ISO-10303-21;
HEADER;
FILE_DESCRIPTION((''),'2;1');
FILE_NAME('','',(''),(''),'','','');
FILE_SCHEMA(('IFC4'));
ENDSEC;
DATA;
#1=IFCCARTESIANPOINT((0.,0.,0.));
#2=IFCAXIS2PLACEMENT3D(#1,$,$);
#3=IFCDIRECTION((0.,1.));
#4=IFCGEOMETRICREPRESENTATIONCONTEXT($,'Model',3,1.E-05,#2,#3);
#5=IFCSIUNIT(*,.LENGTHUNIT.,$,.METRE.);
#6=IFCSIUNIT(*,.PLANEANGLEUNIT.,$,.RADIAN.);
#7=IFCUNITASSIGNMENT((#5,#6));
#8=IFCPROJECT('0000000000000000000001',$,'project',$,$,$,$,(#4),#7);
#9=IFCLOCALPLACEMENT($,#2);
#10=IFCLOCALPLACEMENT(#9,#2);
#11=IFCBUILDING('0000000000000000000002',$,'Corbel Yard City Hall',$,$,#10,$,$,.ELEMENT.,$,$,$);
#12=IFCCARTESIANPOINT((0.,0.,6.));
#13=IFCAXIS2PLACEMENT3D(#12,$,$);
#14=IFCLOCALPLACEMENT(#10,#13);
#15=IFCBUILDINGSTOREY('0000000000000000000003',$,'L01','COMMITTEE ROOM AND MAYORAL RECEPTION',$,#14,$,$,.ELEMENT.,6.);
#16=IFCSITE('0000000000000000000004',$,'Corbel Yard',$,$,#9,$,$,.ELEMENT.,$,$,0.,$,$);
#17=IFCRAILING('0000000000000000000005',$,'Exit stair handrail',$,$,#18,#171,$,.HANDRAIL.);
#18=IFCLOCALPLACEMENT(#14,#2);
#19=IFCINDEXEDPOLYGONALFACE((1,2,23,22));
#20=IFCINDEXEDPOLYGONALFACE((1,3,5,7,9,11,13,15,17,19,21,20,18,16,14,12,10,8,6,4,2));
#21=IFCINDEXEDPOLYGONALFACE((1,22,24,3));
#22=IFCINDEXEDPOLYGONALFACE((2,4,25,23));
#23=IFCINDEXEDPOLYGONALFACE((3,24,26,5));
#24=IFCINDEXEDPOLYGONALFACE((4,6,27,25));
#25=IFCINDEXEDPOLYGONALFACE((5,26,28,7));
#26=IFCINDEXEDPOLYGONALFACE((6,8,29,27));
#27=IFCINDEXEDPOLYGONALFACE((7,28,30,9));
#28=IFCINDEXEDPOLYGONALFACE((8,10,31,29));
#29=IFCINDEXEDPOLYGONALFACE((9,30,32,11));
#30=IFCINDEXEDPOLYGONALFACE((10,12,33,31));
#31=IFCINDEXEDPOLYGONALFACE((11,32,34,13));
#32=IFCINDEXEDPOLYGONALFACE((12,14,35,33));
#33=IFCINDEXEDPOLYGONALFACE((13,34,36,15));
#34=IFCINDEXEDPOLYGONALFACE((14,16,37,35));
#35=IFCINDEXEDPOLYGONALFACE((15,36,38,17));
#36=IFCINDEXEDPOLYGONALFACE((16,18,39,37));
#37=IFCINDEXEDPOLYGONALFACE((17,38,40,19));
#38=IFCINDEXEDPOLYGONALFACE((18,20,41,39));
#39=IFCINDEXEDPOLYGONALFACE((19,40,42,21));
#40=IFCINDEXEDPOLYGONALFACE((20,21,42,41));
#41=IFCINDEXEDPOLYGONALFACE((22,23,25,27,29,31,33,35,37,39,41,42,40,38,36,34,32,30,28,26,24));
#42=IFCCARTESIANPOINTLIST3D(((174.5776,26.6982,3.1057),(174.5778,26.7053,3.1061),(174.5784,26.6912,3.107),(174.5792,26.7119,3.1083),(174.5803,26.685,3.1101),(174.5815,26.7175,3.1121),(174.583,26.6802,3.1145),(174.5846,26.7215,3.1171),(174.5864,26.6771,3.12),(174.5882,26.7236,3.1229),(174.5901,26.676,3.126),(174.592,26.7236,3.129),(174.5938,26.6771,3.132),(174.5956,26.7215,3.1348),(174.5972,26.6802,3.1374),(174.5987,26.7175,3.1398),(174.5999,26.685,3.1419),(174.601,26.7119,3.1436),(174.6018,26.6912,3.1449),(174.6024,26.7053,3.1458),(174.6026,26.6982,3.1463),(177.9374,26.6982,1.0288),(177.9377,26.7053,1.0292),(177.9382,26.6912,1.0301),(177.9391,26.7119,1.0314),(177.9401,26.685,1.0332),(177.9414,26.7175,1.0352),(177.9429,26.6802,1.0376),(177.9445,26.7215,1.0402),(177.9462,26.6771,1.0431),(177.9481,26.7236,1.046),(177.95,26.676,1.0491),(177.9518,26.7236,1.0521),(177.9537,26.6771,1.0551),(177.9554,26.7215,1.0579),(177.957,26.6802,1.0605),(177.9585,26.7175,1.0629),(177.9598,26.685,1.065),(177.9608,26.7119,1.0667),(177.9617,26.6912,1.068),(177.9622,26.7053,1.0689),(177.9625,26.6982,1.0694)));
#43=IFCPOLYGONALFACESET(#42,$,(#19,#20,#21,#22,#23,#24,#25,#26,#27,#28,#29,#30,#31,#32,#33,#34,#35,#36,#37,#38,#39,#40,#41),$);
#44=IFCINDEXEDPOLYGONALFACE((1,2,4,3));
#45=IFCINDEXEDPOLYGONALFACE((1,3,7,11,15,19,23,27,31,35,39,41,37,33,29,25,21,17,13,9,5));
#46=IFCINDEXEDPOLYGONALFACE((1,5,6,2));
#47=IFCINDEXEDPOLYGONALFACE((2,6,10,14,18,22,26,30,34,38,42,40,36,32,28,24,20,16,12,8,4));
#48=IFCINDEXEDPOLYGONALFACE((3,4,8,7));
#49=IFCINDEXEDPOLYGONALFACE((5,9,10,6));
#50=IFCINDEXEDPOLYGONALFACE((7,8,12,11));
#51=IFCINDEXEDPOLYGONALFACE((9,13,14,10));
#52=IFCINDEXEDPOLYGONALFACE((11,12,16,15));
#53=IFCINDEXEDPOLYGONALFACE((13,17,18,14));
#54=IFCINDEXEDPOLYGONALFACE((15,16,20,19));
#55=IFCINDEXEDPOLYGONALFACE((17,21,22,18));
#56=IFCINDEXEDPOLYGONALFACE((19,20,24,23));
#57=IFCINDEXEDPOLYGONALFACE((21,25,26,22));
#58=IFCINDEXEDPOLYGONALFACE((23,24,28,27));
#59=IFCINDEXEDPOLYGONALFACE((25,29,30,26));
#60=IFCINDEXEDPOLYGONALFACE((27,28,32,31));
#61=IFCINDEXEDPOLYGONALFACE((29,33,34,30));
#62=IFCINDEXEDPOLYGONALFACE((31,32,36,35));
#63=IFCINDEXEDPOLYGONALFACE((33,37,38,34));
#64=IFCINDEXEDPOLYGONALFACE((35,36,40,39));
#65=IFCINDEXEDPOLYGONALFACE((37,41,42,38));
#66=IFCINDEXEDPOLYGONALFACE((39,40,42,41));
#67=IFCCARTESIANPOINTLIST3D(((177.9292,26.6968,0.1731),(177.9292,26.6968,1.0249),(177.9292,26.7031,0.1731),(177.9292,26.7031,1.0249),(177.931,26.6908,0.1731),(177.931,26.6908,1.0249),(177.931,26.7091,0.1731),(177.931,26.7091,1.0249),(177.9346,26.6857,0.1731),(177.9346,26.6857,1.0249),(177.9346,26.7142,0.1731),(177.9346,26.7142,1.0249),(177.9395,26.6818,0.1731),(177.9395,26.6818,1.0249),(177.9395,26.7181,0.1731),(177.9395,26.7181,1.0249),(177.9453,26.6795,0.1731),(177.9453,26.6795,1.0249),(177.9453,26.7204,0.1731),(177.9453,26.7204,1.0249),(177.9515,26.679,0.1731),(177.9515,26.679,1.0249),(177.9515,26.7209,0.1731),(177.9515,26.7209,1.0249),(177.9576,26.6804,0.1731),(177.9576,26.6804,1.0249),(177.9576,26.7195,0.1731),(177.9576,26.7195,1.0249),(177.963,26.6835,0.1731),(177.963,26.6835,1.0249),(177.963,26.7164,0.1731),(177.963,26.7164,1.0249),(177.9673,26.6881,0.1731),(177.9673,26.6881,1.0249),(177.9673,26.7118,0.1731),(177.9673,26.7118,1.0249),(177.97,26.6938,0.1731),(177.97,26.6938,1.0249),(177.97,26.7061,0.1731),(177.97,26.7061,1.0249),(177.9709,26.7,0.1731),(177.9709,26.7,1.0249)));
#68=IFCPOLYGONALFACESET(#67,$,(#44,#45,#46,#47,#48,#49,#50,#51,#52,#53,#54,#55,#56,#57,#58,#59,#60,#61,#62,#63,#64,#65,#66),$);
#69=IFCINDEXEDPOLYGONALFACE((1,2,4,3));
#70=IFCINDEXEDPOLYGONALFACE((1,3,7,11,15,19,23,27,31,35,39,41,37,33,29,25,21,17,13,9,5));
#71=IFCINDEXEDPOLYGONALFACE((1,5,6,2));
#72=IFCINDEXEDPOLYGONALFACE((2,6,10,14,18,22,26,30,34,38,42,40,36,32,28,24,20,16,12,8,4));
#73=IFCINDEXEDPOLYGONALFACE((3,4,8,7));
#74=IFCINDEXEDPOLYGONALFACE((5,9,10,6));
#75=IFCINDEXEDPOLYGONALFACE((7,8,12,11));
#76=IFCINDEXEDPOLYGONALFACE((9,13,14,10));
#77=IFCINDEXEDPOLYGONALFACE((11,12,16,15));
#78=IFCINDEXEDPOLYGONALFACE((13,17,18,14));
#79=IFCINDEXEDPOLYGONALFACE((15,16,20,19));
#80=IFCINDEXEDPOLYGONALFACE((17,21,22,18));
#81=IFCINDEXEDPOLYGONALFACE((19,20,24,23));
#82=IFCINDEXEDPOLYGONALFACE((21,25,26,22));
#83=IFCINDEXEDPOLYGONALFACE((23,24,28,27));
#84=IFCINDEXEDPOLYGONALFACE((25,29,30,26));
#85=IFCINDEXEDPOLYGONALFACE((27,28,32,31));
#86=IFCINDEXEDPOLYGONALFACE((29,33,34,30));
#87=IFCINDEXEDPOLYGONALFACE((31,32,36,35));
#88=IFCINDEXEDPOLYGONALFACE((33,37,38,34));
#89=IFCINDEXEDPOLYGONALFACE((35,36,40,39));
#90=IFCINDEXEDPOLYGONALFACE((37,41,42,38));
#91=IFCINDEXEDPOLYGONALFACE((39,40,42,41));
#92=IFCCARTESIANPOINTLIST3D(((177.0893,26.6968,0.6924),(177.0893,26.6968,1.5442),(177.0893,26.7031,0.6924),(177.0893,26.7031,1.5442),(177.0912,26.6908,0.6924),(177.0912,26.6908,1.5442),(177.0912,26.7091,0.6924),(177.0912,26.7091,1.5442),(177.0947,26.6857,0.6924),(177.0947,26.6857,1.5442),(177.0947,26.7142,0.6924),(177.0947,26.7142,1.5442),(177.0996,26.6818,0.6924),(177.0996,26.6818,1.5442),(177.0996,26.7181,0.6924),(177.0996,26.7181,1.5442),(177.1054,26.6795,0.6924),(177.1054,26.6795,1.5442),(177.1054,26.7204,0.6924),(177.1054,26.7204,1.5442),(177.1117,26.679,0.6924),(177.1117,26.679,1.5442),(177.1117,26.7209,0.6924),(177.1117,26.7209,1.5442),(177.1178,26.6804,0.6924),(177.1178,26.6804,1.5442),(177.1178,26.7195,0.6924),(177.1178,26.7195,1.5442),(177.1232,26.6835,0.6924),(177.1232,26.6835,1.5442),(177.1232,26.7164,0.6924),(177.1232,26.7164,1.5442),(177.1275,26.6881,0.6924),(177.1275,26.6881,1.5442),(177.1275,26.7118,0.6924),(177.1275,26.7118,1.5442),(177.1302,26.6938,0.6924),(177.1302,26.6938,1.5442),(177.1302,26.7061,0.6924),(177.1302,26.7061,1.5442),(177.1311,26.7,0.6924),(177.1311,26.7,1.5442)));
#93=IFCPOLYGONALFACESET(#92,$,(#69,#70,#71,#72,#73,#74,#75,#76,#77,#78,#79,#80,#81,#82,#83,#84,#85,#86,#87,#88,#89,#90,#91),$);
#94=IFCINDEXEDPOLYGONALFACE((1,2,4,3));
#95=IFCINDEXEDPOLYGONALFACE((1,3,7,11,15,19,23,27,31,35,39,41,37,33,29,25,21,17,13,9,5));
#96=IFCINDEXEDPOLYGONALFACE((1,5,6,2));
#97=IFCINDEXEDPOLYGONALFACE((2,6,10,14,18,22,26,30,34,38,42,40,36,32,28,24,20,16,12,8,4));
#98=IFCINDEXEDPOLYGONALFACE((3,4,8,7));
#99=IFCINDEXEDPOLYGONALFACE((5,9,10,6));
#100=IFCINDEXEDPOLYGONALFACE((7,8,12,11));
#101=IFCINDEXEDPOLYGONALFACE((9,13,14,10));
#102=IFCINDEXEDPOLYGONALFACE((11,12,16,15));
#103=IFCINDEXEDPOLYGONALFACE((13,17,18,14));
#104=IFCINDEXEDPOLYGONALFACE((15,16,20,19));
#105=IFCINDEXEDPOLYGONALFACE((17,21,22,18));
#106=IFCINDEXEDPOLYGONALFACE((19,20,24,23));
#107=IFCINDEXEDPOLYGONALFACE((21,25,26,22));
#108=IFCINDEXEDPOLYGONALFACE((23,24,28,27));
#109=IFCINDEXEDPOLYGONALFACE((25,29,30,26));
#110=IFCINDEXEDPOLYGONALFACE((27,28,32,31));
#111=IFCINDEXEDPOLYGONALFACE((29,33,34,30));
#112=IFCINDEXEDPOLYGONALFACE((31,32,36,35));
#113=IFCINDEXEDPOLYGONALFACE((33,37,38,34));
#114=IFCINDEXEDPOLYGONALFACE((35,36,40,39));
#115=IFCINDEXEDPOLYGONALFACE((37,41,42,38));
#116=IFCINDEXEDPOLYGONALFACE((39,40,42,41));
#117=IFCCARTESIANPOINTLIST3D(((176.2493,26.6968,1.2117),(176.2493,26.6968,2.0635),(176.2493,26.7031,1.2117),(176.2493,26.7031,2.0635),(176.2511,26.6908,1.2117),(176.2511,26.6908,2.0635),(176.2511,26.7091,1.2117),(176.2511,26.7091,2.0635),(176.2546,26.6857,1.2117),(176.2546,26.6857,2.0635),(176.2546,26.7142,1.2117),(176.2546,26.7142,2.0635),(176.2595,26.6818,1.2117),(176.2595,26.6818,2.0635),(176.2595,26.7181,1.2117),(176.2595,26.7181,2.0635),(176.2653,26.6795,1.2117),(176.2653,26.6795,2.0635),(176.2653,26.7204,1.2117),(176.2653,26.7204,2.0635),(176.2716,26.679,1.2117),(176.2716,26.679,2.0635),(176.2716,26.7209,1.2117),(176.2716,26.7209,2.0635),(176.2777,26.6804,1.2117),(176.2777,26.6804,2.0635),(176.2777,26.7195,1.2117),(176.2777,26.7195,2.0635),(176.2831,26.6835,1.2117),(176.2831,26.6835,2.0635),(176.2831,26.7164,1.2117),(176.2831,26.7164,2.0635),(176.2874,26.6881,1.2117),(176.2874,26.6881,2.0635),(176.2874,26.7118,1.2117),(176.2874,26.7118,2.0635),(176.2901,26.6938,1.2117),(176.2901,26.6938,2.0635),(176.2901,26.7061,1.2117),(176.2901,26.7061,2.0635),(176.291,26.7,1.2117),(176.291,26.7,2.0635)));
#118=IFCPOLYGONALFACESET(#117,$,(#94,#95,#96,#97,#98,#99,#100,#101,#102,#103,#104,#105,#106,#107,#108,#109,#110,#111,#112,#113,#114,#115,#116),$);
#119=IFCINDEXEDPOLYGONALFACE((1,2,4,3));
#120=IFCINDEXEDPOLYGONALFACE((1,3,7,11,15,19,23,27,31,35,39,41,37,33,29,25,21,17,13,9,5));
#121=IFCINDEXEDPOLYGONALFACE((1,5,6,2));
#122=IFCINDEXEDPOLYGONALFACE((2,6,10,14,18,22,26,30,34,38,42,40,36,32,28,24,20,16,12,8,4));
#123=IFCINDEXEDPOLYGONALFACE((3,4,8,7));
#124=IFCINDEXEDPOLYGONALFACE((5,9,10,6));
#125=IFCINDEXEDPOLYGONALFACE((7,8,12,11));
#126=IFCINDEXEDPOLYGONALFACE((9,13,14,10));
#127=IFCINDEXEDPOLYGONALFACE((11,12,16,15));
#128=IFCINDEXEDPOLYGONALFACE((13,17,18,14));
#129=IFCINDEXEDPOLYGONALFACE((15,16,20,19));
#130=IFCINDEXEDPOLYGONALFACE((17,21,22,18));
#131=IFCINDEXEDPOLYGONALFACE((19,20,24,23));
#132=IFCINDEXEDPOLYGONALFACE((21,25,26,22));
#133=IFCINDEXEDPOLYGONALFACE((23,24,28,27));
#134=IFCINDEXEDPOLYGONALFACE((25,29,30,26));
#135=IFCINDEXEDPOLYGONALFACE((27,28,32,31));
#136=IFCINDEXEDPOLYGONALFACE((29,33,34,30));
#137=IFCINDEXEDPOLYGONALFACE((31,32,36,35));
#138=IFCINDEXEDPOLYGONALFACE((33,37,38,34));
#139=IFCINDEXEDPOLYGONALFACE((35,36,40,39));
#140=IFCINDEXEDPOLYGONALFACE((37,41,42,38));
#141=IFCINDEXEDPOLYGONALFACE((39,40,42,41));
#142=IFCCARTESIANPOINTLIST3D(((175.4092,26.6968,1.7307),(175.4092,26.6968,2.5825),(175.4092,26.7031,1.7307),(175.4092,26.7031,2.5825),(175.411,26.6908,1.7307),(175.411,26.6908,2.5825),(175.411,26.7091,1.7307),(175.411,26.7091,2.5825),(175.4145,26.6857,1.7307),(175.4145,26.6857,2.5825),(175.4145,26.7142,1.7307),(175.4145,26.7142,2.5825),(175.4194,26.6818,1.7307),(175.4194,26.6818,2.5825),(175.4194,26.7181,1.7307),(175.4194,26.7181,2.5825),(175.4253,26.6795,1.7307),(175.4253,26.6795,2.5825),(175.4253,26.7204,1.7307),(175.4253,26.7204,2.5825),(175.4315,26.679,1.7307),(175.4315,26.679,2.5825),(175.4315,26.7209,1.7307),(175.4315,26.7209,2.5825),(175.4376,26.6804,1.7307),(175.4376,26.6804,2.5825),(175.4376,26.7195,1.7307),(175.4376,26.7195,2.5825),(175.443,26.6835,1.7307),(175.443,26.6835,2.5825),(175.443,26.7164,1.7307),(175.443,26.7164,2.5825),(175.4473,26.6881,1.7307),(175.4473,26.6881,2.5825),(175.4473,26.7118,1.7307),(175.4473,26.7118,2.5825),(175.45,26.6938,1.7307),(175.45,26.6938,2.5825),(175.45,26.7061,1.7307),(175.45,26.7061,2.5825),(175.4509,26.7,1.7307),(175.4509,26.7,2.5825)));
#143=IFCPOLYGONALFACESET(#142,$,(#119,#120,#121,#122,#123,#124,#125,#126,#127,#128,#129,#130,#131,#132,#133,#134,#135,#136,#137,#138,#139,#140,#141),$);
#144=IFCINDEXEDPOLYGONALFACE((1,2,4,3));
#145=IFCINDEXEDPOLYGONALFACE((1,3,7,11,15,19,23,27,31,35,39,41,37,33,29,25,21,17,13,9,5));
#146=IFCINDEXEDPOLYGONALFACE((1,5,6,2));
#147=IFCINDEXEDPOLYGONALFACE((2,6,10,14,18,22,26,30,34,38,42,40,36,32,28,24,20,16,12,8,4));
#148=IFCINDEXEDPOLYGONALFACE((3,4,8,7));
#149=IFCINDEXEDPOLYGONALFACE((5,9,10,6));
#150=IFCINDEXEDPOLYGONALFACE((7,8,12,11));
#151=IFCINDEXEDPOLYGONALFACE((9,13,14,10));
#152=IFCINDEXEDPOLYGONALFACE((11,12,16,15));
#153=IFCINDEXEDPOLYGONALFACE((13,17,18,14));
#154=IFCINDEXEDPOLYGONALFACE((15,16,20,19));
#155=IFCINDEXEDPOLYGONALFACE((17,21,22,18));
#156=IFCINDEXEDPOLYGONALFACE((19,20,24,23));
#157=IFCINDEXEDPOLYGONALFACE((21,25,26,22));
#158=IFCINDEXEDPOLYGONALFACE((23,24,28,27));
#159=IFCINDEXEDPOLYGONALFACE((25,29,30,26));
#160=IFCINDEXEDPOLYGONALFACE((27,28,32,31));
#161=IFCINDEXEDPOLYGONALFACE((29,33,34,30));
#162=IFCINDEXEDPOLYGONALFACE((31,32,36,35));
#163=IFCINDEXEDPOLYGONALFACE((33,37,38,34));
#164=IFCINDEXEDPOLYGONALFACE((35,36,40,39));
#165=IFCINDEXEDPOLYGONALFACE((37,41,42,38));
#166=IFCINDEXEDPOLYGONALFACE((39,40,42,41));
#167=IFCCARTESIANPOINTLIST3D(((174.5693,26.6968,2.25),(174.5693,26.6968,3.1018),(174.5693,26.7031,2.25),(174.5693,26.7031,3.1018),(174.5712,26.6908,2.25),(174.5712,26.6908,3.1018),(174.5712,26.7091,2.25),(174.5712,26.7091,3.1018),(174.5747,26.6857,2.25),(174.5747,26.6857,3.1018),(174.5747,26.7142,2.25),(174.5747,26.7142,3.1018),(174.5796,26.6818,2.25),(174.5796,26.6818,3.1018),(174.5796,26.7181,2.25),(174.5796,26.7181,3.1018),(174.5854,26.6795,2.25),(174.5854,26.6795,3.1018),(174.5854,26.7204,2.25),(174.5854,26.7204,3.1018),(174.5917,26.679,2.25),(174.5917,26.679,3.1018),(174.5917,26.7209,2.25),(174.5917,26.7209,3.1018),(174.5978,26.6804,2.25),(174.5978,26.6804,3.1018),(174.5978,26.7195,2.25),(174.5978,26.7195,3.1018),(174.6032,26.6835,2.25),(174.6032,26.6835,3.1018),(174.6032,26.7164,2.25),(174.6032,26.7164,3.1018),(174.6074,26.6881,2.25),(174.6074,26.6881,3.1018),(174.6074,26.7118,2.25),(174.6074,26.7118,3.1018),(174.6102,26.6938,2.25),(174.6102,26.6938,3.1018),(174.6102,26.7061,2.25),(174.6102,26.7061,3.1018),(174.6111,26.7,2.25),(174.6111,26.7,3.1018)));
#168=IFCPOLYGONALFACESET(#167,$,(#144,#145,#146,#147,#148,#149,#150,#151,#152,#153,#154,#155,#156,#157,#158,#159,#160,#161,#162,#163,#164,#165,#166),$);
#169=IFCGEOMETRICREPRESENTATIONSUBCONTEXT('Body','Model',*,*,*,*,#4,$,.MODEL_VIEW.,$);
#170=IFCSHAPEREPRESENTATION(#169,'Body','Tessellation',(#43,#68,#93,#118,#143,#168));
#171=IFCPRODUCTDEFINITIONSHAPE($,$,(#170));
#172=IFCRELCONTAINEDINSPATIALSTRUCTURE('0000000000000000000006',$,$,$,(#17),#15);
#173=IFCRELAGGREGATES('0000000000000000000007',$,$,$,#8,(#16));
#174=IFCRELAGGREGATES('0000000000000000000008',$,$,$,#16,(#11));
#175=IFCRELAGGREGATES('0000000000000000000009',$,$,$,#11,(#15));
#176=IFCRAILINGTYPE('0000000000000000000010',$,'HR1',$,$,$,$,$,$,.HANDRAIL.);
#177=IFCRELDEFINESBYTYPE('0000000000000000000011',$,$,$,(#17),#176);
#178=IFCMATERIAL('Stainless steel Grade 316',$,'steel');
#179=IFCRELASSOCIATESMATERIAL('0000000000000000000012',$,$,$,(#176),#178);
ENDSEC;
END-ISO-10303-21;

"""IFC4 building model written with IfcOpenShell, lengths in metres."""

from ifc_helpers import new_model, si_unit, direction, frame, origin, origin_2d, place, context, subcontext, project, spatial, circle, extrude, material, type_object, element, save


model = new_model("IFC4")

# Units and contexts
model_context = context("Model", 3, precision=1e-05, world=origin(), true_north=direction((0.0, 1.0)))
body_context = subcontext(model_context, "Body", "Model", "MODEL_VIEW")
ifc_project = project(units=[si_unit("LENGTHUNIT", "METRE"), si_unit("PLANEANGLEUNIT", "RADIAN")], contexts=[model_context])

# Site, building, storey
site_placement = place(None, origin())
site = spatial("IfcSite", under=ifc_project, at=site_placement, Name="Corbel Yard", CompositionType="ELEMENT", RefElevation=0.0)
building_placement = place(site_placement, origin())
building = spatial("IfcBuilding", under=site, at=building_placement, Name="Corbel Yard City Hall", CompositionType="ELEMENT")
storey_placement = place(building_placement, frame((0.0, 0.0, 6.0)))
storey = spatial("IfcBuildingStorey", under=building, at=storey_placement, Name="L01", Description="COMMITTEE ROOM AND MAYORAL RECEPTION", CompositionType="ELEMENT", Elevation=6.0)

# Shared definitions
ifc_material_1 = material(Name="Stainless steel Grade 316", Category="steel")

# Railing
railing_type_1 = type_object("IfcRailingType", Name="HR1", PredefinedType="HANDRAIL", material=ifc_material_1)
for number, where, name in (
    (1, (177.95, 26.7, 0.1731), "Exit stair handrail"),
):
    element("IfcRailing", number, at=place(storey_placement, frame(where)), inside=storey, type_object=railing_type_1, Name=name, PredefinedType="HANDRAIL", context=body_context, shape_type="SweptSolid", body=[
        extrude(circle(Radius=0.0239, at=origin_2d()), frame((0.0, 0.0, 0.876), z_axis=(-0.850606, 0.0, 0.525803), x_axis=(0.0, -1.0, 0.0)), (0.0, 0.0, 1.0), 3.95),
        extrude(circle(Radius=0.021, at=origin_2d()), origin(), (0.0, 0.0, 1.0), 0.8518),
        extrude(circle(Radius=0.021, at=origin_2d()), frame((-0.8398, 0.0, 0.5193)), (0.0, 0.0, 1.0), 0.8518),
        extrude(circle(Radius=0.021, at=origin_2d()), frame((-1.6799, 0.0, 1.0386)), (0.0, 0.0, 1.0), 0.8518),
        extrude(circle(Radius=0.021, at=origin_2d()), frame((-2.52, 0.0, 1.5576)), (0.0, 0.0, 1.0), 0.8518),
        extrude(circle(Radius=0.021, at=origin_2d()), frame((-3.3599, 0.0, 2.0769)), (0.0, 0.0, 1.0), 0.8518),
    ])

save(model, "model.ifc")
